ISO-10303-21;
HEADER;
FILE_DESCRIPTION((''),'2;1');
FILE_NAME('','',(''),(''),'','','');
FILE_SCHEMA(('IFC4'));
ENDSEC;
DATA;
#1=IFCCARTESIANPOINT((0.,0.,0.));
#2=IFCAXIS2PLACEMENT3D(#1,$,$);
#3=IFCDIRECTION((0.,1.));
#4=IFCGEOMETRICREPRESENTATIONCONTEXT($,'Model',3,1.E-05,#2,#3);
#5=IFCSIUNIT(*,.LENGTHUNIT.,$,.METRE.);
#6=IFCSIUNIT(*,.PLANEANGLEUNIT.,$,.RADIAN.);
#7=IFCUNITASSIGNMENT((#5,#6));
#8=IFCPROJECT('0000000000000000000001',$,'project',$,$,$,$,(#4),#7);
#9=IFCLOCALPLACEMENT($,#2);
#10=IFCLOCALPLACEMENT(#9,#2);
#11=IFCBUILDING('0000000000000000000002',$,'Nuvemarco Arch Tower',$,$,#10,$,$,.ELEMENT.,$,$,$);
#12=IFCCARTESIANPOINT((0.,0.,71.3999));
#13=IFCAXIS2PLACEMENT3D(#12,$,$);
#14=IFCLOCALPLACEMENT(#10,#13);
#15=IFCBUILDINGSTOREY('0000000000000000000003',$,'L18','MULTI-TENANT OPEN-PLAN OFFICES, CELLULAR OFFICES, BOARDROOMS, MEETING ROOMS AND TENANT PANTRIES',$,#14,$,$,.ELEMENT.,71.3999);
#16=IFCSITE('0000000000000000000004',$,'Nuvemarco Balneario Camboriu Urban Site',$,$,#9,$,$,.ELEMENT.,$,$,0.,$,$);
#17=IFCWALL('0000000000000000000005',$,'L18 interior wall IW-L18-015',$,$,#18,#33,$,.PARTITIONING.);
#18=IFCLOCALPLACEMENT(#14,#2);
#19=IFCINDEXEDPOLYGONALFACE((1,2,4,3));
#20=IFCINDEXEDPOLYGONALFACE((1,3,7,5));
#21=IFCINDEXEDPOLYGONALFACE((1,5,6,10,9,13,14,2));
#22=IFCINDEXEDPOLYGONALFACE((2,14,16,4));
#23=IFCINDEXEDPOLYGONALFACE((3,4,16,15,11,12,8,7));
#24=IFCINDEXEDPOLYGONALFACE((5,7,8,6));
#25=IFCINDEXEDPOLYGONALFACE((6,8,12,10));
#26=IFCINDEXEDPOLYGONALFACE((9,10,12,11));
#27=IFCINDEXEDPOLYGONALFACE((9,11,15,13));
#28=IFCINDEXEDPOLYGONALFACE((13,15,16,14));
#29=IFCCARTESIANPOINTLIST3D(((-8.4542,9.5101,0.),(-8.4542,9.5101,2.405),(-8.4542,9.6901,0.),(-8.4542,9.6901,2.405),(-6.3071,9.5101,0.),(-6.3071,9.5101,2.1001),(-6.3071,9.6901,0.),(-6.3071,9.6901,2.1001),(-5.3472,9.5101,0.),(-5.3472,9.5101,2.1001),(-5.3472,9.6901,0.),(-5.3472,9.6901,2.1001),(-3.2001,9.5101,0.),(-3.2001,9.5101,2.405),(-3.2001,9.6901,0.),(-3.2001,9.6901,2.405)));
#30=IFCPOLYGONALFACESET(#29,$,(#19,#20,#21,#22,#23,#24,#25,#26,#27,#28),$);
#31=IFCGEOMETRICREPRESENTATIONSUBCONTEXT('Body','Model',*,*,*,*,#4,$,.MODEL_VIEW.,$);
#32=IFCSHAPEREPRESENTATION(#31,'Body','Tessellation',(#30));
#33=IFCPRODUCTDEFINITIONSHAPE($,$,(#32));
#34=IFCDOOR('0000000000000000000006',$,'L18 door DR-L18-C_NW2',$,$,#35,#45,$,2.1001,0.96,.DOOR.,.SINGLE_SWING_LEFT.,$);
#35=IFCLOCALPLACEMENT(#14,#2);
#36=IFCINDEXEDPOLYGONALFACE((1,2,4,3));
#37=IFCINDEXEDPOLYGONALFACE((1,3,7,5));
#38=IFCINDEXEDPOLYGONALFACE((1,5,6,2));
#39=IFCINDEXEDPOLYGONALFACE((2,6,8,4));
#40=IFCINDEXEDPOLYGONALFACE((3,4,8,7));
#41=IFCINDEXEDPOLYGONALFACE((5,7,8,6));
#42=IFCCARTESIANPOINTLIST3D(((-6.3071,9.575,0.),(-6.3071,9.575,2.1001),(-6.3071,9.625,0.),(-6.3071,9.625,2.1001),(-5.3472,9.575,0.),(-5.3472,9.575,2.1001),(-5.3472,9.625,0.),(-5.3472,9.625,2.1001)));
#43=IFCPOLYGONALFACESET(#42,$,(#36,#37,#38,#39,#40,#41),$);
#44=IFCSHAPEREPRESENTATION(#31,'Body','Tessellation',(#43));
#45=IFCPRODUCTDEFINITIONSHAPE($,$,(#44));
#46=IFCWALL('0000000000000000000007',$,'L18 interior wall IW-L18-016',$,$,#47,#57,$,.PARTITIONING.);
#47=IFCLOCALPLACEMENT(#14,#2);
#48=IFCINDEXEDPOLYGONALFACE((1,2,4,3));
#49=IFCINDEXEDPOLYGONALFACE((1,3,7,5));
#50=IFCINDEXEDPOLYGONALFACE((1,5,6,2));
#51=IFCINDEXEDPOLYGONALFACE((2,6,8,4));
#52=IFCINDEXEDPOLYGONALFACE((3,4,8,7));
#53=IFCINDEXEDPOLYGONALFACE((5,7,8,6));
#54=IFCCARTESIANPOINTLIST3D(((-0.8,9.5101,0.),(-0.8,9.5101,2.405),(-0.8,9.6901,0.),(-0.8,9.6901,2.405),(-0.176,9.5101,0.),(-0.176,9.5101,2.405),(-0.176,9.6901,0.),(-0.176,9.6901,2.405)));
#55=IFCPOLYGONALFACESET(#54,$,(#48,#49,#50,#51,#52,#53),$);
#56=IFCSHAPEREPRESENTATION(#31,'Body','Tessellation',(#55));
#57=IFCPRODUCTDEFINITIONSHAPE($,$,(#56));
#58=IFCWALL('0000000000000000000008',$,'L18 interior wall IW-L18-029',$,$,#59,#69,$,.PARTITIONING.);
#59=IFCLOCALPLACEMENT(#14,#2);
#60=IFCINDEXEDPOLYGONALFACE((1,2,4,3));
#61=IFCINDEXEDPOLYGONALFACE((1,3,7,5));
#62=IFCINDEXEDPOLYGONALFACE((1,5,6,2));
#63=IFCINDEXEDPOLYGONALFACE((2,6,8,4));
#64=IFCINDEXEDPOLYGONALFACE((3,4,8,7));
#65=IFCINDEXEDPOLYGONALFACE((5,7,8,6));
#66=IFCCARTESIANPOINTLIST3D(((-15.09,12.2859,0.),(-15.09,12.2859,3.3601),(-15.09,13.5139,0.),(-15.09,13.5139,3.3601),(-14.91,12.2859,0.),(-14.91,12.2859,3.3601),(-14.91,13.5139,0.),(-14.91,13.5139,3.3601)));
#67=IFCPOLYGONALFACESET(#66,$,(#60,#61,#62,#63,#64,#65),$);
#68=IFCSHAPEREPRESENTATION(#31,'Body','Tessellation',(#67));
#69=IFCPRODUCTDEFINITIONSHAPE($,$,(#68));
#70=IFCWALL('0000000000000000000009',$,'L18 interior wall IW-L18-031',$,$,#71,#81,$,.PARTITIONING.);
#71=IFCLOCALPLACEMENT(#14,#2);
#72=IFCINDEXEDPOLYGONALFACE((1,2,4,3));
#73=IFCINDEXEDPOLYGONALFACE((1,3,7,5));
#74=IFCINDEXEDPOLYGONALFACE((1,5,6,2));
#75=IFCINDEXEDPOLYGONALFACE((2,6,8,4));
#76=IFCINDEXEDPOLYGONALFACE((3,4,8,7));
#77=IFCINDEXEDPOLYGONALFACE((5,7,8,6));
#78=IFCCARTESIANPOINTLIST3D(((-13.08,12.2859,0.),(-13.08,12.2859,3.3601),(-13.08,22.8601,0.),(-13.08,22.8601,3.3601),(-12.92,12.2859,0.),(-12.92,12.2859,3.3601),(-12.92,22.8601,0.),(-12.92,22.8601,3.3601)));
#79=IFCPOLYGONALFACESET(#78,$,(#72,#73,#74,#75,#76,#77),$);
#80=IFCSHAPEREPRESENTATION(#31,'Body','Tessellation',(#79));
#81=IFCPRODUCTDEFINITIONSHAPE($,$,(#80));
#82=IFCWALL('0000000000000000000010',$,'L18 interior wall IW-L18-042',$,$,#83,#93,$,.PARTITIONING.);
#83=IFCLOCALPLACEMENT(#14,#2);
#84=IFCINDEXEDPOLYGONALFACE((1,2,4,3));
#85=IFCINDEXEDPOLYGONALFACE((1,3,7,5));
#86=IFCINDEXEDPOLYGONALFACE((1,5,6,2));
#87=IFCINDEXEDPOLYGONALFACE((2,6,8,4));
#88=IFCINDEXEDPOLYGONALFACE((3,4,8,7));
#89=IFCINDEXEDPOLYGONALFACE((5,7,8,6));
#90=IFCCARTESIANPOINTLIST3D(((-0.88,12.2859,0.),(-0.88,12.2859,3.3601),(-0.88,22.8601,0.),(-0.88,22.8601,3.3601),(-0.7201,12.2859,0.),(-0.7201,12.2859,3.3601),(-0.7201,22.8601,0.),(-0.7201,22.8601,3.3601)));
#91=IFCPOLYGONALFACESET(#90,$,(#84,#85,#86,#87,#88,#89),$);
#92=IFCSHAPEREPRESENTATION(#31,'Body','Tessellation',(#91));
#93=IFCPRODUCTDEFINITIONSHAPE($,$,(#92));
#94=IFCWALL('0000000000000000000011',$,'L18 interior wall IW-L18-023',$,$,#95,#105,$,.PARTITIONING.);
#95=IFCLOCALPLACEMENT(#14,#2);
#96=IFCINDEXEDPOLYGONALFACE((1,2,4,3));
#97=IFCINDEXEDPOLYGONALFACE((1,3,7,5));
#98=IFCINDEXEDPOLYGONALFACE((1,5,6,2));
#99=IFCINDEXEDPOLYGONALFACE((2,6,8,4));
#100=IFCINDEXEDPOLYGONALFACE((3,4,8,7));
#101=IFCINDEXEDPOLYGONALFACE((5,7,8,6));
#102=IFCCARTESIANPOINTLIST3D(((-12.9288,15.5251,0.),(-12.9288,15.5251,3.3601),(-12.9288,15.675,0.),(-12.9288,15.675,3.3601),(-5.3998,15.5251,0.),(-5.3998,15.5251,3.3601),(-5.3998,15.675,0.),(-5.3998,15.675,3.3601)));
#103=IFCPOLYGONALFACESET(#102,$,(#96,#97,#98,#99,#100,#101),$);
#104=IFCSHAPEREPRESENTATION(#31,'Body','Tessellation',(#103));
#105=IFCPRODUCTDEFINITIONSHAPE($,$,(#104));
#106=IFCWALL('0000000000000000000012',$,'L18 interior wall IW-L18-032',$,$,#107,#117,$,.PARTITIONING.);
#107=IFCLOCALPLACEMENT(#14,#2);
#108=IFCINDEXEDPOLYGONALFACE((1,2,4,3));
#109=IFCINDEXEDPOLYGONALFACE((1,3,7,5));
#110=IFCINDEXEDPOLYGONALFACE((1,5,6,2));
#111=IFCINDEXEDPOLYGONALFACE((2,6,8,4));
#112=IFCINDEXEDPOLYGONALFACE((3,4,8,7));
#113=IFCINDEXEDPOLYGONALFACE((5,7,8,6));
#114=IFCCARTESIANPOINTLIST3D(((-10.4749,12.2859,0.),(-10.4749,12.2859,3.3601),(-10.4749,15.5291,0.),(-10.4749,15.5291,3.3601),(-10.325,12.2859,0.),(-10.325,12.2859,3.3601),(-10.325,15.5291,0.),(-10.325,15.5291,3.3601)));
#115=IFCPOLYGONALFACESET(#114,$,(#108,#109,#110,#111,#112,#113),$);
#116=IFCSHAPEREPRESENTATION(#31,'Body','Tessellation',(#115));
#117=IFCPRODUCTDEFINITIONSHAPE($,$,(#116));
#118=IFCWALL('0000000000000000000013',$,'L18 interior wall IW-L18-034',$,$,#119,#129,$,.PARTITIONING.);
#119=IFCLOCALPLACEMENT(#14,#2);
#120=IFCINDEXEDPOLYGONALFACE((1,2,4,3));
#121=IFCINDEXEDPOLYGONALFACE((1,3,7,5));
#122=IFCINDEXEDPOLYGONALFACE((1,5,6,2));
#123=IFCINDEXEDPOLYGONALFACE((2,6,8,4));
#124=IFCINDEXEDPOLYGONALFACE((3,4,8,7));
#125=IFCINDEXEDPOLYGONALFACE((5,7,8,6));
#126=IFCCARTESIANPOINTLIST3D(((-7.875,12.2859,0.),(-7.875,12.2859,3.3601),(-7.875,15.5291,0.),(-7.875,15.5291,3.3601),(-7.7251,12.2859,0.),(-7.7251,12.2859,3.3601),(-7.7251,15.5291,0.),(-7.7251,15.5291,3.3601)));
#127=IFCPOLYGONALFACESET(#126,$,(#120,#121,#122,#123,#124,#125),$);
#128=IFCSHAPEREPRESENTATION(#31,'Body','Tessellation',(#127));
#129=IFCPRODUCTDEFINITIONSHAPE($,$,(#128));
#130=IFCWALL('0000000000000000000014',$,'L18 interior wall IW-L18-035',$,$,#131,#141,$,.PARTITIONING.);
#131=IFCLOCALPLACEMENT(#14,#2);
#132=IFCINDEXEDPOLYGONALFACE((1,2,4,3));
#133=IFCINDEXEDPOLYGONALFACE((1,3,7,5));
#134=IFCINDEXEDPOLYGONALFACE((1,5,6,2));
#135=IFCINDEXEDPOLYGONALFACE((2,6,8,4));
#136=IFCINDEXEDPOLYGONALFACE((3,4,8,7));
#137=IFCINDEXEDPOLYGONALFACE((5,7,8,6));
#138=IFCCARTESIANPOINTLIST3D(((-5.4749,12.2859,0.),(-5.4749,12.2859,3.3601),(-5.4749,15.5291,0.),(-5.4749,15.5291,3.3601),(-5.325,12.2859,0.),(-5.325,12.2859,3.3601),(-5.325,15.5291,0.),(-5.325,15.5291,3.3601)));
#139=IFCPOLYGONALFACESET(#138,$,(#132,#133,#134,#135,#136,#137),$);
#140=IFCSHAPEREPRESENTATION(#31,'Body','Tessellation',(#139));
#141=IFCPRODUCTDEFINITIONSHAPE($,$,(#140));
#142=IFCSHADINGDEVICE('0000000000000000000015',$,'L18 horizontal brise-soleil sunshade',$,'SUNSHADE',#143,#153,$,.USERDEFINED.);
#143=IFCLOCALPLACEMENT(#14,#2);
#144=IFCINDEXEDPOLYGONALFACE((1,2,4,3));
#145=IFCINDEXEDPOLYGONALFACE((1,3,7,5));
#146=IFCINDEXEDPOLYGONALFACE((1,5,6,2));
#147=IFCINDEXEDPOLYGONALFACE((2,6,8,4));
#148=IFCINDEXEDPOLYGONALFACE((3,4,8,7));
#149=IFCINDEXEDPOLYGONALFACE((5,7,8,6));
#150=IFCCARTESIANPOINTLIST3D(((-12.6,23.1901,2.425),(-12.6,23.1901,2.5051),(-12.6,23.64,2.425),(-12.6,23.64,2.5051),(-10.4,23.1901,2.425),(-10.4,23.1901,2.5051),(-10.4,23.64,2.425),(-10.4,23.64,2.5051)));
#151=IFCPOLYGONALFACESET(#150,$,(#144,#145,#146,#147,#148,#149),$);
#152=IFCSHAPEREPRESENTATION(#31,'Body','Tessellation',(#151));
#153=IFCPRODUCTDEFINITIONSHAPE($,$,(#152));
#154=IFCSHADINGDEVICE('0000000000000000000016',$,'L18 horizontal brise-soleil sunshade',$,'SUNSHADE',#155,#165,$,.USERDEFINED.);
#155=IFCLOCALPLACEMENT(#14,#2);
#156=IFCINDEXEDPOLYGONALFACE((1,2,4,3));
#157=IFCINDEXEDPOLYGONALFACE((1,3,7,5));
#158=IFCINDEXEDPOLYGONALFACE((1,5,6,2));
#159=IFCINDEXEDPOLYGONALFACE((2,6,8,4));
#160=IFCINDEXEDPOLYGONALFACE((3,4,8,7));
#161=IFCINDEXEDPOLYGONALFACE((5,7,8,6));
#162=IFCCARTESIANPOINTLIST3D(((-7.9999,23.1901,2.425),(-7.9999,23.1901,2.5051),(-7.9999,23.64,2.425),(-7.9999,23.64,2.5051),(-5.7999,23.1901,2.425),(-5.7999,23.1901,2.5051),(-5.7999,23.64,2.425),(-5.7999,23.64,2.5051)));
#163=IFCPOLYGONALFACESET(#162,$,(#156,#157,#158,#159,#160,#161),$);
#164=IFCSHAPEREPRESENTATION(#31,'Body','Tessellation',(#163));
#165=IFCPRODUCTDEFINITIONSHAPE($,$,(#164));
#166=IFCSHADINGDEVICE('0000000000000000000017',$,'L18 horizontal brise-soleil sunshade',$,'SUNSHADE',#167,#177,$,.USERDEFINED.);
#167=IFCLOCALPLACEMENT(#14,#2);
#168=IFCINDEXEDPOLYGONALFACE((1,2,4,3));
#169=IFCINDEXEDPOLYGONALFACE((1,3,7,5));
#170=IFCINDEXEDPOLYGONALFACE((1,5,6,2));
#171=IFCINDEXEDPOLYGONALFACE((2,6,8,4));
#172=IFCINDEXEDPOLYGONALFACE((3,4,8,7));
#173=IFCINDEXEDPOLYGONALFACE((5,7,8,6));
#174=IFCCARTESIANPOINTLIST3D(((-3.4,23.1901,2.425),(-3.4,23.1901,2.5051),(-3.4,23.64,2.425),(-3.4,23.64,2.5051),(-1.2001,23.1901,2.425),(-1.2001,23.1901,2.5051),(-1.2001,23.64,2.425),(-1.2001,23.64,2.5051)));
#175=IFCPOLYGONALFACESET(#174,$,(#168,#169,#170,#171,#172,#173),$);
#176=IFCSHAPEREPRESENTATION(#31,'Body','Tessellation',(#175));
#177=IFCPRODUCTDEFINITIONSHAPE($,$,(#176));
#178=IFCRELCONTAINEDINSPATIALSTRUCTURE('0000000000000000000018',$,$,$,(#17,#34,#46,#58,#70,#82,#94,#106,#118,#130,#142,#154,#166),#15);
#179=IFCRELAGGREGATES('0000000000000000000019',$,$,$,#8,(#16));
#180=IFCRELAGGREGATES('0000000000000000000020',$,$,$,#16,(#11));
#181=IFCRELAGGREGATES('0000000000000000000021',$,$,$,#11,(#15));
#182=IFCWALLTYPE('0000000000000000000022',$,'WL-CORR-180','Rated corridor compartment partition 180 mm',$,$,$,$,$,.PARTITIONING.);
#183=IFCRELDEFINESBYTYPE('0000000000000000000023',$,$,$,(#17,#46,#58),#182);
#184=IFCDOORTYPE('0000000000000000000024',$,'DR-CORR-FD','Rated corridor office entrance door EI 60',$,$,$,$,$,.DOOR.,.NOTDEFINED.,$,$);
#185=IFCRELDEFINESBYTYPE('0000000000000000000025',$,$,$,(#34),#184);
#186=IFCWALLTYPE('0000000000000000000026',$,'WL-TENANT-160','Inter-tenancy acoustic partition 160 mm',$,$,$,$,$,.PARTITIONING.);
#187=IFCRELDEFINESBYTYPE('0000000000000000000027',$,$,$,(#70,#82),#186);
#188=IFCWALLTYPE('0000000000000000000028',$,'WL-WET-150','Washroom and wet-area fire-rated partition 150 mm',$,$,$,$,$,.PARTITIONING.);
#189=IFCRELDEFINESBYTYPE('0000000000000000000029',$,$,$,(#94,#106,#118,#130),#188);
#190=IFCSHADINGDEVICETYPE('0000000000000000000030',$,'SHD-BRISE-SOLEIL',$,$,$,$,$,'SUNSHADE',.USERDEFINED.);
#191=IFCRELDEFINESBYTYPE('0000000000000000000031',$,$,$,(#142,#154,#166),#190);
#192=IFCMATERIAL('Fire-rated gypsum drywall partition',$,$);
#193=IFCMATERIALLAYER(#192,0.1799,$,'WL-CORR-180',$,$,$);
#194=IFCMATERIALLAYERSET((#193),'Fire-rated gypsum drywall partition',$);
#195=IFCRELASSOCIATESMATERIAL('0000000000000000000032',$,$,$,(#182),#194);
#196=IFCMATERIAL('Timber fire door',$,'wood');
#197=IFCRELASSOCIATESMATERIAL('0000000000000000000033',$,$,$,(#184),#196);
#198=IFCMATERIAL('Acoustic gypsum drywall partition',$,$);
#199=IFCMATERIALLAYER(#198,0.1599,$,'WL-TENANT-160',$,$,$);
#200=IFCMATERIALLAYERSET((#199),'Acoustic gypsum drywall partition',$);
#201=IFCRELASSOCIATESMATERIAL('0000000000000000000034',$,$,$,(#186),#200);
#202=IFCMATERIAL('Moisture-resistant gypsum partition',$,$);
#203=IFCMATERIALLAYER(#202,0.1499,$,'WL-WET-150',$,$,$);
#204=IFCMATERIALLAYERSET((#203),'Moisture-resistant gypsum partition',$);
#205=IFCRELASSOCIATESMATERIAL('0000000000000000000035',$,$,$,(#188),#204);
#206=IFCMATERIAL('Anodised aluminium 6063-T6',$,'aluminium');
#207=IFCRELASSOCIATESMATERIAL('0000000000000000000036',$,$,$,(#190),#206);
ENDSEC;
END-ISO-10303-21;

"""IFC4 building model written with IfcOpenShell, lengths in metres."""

from ifc_helpers import new_model, si_unit, direction, frame, frame_2d, origin, origin_2d, place, context, subcontext, project, spatial, rectangle, extrude, source, transform, mapped, material, layer, layer_set, type_object, type_shapes, element, fill, save


model = new_model("IFC4")

# Units and contexts
model_context = context("Model", 3, precision=1e-05, world=origin(), true_north=direction((0.0, 1.0)))
body_context = subcontext(model_context, "Body", "Model", "MODEL_VIEW")
ifc_project = project(units=[si_unit("LENGTHUNIT", "METRE"), si_unit("PLANEANGLEUNIT", "RADIAN")], contexts=[model_context])

# Site, building, storey
site_placement = place(None, origin())
site = spatial("IfcSite", under=ifc_project, at=site_placement, Name="Nuvemarco Balneario Camboriu Urban Site", CompositionType="ELEMENT", RefElevation=0.0)
building_placement = place(site_placement, origin())
building = spatial("IfcBuilding", under=site, at=building_placement, Name="Nuvemarco Arch Tower", CompositionType="ELEMENT")
storey_placement = place(building_placement, frame((0.0, 0.0, 71.3999)))
storey = spatial("IfcBuildingStorey", under=building, at=storey_placement, Name="L18", Description="MULTI-TENANT OPEN-PLAN OFFICES, CELLULAR OFFICES, BOARDROOMS, MEETING ROOMS AND TENANT PANTRIES", CompositionType="ELEMENT", Elevation=71.3999)

# Wall, opening, door
ifc_material_1 = material(Name="Fire-rated gypsum drywall partition")
ifc_layer_1 = layer(ifc_material_1, 0.1799, Name="WL-CORR-180")
ifc_layer_set_1 = layer_set([ifc_layer_1], Name="Fire-rated gypsum drywall partition")
wall_type_1 = type_object("IfcWallType", Name="WL-CORR-180", Description="Rated corridor compartment partition 180 mm", PredefinedType="PARTITIONING", material=ifc_layer_set_1)
wall_1_placement = place(storey_placement, frame((-8.4541, 9.6001, 0.0), z_axis=(0.0, 0.0, 1.0), x_axis=(1.0, 0.0, 0.0)))
wall_1 = element("IfcWall", 1, at=wall_1_placement, inside=storey, type_object=wall_type_1, Name="L18 interior wall IW-L18-015", PredefinedType="PARTITIONING", context=body_context, shape_type="SweptSolid", body=[
    extrude(rectangle(XDim=5.2542, YDim=0.1799, at=frame_2d((2.627, 0.0))), origin(), (0.0, 0.0, 1.0), 2.405),
])
opening_placement = place(wall_1_placement, frame((2.147, 0.0, 0.0)))
opening = element("IfcOpeningElement", 2, at=opening_placement, cuts=wall_1, PredefinedType="OPENING", context=body_context, shape_type="SweptSolid", body=[
    extrude(rectangle(XDim=0.96, YDim=2.1001, at=frame_2d((0.48, 1.05))), frame((0.0, 0.0999, 0.0), z_axis=(0.0, -1.0, 0.0), x_axis=(1.0, 0.0, 0.0)), (0.0, 0.0, 1.0), 0.2),
])
ifc_material_2 = material(Name="Timber fire door", Category="wood")
door_type = type_object("IfcDoorType", Name="DR-CORR-FD", Description="Rated corridor office entrance door EI 60", OperationType="NOTDEFINED", PredefinedType="DOOR", material=ifc_material_2)
shared_shape_1 = source(origin(), body_context, "Body", "SweptSolid", [
    extrude(rectangle(XDim=0.96, YDim=2.1001, at=frame_2d((0.48, 1.05))), frame((0.0, 0.0249, 0.0), z_axis=(0.0, -1.0, 0.0), x_axis=(1.0, 0.0, 0.0)), (0.0, 0.0, 1.0), 0.05),
])
type_shapes(door_type, [shared_shape_1])
door_placement = place(opening_placement, origin())
door = element("IfcDoor", 3, at=door_placement, inside=storey, type_object=door_type, Name="L18 door DR-L18-C_NW2", OperationType="SINGLE_SWING_LEFT", OverallHeight=2.1001, OverallWidth=0.96, PredefinedType="DOOR", context=body_context, shape_type="MappedRepresentation", body=[
    mapped(shared_shape_1, transform((0.0, 0.0, 0.0), scale=1.0)),
])
fill(opening, door)

# Walls
wall_2_placement = place(storey_placement, frame((-0.8, 9.6001, 0.0), z_axis=(0.0, 0.0, 1.0), x_axis=(1.0, 0.0, 0.0)))
element("IfcWall", 4, at=wall_2_placement, inside=storey, type_object=wall_type_1, Name="L18 interior wall IW-L18-016", PredefinedType="PARTITIONING", context=body_context, shape_type="SweptSolid", body=[
    extrude(rectangle(XDim=0.624, YDim=0.1799, at=frame_2d((0.312, 0.0))), origin(), (0.0, 0.0, 1.0), 2.405),
])
wall_3_placement = place(storey_placement, frame((-15.0, 12.2859, 0.0), z_axis=(0.0, 0.0, 1.0), x_axis=(0.0, 1.0, 0.0)))
element("IfcWall", 5, at=wall_3_placement, inside=storey, type_object=wall_type_1, Name="L18 interior wall IW-L18-029", PredefinedType="PARTITIONING", context=body_context, shape_type="SweptSolid", body=[
    extrude(rectangle(XDim=1.228, YDim=0.1799, at=frame_2d((0.614, 0.0))), origin(), (0.0, 0.0, 1.0), 3.3601),
])
ifc_material_3 = material(Name="Acoustic gypsum drywall partition")
ifc_layer_2 = layer(ifc_material_3, 0.1599, Name="WL-TENANT-160")
ifc_layer_set_2 = layer_set([ifc_layer_2], Name="Acoustic gypsum drywall partition")
wall_type_2 = type_object("IfcWallType", Name="WL-TENANT-160", Description="Inter-tenancy acoustic partition 160 mm", PredefinedType="PARTITIONING", material=ifc_layer_set_2)
for number, where, z_axis, x_axis, name in (
    (6, (-13.0, 12.2859, 0.0), (0.0, 0.0, 1.0), (0.0, 1.0, 0.0), "L18 interior wall IW-L18-031"),
    (7, (-0.8, 12.2859, 0.0), (0.0, 0.0, 1.0), (0.0, 1.0, 0.0), "L18 interior wall IW-L18-042"),
):
    element("IfcWall", number, at=place(storey_placement, frame(where, z_axis=z_axis, x_axis=x_axis)), inside=storey, type_object=wall_type_2, Name=name, PredefinedType="PARTITIONING", context=body_context, shape_type="SweptSolid", body=[
        extrude(rectangle(XDim=10.5742, YDim=0.1599, at=frame_2d((5.2871, 0.0))), origin(), (0.0, 0.0, 1.0), 3.3601),
    ])
ifc_material_4 = material(Name="Moisture-resistant gypsum partition")
ifc_layer_3 = layer(ifc_material_4, 0.1499, Name="WL-WET-150")
ifc_layer_set_3 = layer_set([ifc_layer_3], Name="Moisture-resistant gypsum partition")
wall_type_3 = type_object("IfcWallType", Name="WL-WET-150", Description="Washroom and wet-area fire-rated partition 150 mm", PredefinedType="PARTITIONING", material=ifc_layer_set_3)
wall_4_placement = place(storey_placement, frame((-12.929, 15.6001, 0.0), z_axis=(0.0, 0.0, 1.0), x_axis=(1.0, 0.0, 0.0)))
element("IfcWall", 8, at=wall_4_placement, inside=storey, type_object=wall_type_3, Name="L18 interior wall IW-L18-023", PredefinedType="PARTITIONING", context=body_context, shape_type="SweptSolid", body=[
    extrude(rectangle(XDim=7.5291, YDim=0.1499, at=frame_2d((3.7646, 0.0))), origin(), (0.0, 0.0, 1.0), 3.3601),
])
for number, where, z_axis, x_axis, name in (
    (9, (-10.3999, 12.2859, 0.0), (0.0, 0.0, 1.0), (0.0, 1.0, 0.0), "L18 interior wall IW-L18-032"),
    (10, (-7.8, 12.2859, 0.0), (0.0, 0.0, 1.0), (0.0, 1.0, 0.0), "L18 interior wall IW-L18-034"),
    (11, (-5.3999, 12.2859, 0.0), (0.0, 0.0, 1.0), (0.0, 1.0, 0.0), "L18 interior wall IW-L18-035"),
):
    element("IfcWall", number, at=place(storey_placement, frame(where, z_axis=z_axis, x_axis=x_axis)), inside=storey, type_object=wall_type_3, Name=name, PredefinedType="PARTITIONING", context=body_context, shape_type="SweptSolid", body=[
        extrude(rectangle(XDim=3.2432, YDim=0.1499, at=frame_2d((1.6216, 0.0))), origin(), (0.0, 0.0, 1.0), 3.3601),
    ])

# Shading devices
ifc_material_5 = material(Name="Anodised aluminium 6063-T6", Category="aluminium")
shading_device_type = type_object("IfcShadingDeviceType", Name="SHD-BRISE-SOLEIL", ElementType="SUNSHADE", PredefinedType="USERDEFINED", material=ifc_material_5)
shared_shape_2 = source(origin(), body_context, "Body", "SweptSolid", [
    extrude(rectangle(XDim=2.2, YDim=0.45, at=origin_2d()), origin(), (0.0, 0.0, 1.0), 0.0801),
])
type_shapes(shading_device_type, [shared_shape_2])
for number, where, z_axis, x_axis, name in (
    (12, (-11.5, 23.415, 2.425), (0.0, 0.0, 1.0), (1.0, 0.0, 0.0), "L18 horizontal brise-soleil sunshade"),
    (13, (-6.8999, 23.415, 2.425), (0.0, 0.0, 1.0), (1.0, 0.0, 0.0), "L18 horizontal brise-soleil sunshade"),
    (14, (-2.3, 23.415, 2.425), (0.0, 0.0, 1.0), (1.0, 0.0, 0.0), "L18 horizontal brise-soleil sunshade"),
):
    element("IfcShadingDevice", number, at=place(storey_placement, frame(where, z_axis=z_axis, x_axis=x_axis)), inside=storey, type_object=shading_device_type, Name=name, ObjectType="SUNSHADE", PredefinedType="USERDEFINED", context=body_context, shape_type="MappedRepresentation", body=[
        mapped(shared_shape_2, transform((0.0, 0.0, 0.0), scale=1.0)),
    ])

save(model, "model.ifc")
